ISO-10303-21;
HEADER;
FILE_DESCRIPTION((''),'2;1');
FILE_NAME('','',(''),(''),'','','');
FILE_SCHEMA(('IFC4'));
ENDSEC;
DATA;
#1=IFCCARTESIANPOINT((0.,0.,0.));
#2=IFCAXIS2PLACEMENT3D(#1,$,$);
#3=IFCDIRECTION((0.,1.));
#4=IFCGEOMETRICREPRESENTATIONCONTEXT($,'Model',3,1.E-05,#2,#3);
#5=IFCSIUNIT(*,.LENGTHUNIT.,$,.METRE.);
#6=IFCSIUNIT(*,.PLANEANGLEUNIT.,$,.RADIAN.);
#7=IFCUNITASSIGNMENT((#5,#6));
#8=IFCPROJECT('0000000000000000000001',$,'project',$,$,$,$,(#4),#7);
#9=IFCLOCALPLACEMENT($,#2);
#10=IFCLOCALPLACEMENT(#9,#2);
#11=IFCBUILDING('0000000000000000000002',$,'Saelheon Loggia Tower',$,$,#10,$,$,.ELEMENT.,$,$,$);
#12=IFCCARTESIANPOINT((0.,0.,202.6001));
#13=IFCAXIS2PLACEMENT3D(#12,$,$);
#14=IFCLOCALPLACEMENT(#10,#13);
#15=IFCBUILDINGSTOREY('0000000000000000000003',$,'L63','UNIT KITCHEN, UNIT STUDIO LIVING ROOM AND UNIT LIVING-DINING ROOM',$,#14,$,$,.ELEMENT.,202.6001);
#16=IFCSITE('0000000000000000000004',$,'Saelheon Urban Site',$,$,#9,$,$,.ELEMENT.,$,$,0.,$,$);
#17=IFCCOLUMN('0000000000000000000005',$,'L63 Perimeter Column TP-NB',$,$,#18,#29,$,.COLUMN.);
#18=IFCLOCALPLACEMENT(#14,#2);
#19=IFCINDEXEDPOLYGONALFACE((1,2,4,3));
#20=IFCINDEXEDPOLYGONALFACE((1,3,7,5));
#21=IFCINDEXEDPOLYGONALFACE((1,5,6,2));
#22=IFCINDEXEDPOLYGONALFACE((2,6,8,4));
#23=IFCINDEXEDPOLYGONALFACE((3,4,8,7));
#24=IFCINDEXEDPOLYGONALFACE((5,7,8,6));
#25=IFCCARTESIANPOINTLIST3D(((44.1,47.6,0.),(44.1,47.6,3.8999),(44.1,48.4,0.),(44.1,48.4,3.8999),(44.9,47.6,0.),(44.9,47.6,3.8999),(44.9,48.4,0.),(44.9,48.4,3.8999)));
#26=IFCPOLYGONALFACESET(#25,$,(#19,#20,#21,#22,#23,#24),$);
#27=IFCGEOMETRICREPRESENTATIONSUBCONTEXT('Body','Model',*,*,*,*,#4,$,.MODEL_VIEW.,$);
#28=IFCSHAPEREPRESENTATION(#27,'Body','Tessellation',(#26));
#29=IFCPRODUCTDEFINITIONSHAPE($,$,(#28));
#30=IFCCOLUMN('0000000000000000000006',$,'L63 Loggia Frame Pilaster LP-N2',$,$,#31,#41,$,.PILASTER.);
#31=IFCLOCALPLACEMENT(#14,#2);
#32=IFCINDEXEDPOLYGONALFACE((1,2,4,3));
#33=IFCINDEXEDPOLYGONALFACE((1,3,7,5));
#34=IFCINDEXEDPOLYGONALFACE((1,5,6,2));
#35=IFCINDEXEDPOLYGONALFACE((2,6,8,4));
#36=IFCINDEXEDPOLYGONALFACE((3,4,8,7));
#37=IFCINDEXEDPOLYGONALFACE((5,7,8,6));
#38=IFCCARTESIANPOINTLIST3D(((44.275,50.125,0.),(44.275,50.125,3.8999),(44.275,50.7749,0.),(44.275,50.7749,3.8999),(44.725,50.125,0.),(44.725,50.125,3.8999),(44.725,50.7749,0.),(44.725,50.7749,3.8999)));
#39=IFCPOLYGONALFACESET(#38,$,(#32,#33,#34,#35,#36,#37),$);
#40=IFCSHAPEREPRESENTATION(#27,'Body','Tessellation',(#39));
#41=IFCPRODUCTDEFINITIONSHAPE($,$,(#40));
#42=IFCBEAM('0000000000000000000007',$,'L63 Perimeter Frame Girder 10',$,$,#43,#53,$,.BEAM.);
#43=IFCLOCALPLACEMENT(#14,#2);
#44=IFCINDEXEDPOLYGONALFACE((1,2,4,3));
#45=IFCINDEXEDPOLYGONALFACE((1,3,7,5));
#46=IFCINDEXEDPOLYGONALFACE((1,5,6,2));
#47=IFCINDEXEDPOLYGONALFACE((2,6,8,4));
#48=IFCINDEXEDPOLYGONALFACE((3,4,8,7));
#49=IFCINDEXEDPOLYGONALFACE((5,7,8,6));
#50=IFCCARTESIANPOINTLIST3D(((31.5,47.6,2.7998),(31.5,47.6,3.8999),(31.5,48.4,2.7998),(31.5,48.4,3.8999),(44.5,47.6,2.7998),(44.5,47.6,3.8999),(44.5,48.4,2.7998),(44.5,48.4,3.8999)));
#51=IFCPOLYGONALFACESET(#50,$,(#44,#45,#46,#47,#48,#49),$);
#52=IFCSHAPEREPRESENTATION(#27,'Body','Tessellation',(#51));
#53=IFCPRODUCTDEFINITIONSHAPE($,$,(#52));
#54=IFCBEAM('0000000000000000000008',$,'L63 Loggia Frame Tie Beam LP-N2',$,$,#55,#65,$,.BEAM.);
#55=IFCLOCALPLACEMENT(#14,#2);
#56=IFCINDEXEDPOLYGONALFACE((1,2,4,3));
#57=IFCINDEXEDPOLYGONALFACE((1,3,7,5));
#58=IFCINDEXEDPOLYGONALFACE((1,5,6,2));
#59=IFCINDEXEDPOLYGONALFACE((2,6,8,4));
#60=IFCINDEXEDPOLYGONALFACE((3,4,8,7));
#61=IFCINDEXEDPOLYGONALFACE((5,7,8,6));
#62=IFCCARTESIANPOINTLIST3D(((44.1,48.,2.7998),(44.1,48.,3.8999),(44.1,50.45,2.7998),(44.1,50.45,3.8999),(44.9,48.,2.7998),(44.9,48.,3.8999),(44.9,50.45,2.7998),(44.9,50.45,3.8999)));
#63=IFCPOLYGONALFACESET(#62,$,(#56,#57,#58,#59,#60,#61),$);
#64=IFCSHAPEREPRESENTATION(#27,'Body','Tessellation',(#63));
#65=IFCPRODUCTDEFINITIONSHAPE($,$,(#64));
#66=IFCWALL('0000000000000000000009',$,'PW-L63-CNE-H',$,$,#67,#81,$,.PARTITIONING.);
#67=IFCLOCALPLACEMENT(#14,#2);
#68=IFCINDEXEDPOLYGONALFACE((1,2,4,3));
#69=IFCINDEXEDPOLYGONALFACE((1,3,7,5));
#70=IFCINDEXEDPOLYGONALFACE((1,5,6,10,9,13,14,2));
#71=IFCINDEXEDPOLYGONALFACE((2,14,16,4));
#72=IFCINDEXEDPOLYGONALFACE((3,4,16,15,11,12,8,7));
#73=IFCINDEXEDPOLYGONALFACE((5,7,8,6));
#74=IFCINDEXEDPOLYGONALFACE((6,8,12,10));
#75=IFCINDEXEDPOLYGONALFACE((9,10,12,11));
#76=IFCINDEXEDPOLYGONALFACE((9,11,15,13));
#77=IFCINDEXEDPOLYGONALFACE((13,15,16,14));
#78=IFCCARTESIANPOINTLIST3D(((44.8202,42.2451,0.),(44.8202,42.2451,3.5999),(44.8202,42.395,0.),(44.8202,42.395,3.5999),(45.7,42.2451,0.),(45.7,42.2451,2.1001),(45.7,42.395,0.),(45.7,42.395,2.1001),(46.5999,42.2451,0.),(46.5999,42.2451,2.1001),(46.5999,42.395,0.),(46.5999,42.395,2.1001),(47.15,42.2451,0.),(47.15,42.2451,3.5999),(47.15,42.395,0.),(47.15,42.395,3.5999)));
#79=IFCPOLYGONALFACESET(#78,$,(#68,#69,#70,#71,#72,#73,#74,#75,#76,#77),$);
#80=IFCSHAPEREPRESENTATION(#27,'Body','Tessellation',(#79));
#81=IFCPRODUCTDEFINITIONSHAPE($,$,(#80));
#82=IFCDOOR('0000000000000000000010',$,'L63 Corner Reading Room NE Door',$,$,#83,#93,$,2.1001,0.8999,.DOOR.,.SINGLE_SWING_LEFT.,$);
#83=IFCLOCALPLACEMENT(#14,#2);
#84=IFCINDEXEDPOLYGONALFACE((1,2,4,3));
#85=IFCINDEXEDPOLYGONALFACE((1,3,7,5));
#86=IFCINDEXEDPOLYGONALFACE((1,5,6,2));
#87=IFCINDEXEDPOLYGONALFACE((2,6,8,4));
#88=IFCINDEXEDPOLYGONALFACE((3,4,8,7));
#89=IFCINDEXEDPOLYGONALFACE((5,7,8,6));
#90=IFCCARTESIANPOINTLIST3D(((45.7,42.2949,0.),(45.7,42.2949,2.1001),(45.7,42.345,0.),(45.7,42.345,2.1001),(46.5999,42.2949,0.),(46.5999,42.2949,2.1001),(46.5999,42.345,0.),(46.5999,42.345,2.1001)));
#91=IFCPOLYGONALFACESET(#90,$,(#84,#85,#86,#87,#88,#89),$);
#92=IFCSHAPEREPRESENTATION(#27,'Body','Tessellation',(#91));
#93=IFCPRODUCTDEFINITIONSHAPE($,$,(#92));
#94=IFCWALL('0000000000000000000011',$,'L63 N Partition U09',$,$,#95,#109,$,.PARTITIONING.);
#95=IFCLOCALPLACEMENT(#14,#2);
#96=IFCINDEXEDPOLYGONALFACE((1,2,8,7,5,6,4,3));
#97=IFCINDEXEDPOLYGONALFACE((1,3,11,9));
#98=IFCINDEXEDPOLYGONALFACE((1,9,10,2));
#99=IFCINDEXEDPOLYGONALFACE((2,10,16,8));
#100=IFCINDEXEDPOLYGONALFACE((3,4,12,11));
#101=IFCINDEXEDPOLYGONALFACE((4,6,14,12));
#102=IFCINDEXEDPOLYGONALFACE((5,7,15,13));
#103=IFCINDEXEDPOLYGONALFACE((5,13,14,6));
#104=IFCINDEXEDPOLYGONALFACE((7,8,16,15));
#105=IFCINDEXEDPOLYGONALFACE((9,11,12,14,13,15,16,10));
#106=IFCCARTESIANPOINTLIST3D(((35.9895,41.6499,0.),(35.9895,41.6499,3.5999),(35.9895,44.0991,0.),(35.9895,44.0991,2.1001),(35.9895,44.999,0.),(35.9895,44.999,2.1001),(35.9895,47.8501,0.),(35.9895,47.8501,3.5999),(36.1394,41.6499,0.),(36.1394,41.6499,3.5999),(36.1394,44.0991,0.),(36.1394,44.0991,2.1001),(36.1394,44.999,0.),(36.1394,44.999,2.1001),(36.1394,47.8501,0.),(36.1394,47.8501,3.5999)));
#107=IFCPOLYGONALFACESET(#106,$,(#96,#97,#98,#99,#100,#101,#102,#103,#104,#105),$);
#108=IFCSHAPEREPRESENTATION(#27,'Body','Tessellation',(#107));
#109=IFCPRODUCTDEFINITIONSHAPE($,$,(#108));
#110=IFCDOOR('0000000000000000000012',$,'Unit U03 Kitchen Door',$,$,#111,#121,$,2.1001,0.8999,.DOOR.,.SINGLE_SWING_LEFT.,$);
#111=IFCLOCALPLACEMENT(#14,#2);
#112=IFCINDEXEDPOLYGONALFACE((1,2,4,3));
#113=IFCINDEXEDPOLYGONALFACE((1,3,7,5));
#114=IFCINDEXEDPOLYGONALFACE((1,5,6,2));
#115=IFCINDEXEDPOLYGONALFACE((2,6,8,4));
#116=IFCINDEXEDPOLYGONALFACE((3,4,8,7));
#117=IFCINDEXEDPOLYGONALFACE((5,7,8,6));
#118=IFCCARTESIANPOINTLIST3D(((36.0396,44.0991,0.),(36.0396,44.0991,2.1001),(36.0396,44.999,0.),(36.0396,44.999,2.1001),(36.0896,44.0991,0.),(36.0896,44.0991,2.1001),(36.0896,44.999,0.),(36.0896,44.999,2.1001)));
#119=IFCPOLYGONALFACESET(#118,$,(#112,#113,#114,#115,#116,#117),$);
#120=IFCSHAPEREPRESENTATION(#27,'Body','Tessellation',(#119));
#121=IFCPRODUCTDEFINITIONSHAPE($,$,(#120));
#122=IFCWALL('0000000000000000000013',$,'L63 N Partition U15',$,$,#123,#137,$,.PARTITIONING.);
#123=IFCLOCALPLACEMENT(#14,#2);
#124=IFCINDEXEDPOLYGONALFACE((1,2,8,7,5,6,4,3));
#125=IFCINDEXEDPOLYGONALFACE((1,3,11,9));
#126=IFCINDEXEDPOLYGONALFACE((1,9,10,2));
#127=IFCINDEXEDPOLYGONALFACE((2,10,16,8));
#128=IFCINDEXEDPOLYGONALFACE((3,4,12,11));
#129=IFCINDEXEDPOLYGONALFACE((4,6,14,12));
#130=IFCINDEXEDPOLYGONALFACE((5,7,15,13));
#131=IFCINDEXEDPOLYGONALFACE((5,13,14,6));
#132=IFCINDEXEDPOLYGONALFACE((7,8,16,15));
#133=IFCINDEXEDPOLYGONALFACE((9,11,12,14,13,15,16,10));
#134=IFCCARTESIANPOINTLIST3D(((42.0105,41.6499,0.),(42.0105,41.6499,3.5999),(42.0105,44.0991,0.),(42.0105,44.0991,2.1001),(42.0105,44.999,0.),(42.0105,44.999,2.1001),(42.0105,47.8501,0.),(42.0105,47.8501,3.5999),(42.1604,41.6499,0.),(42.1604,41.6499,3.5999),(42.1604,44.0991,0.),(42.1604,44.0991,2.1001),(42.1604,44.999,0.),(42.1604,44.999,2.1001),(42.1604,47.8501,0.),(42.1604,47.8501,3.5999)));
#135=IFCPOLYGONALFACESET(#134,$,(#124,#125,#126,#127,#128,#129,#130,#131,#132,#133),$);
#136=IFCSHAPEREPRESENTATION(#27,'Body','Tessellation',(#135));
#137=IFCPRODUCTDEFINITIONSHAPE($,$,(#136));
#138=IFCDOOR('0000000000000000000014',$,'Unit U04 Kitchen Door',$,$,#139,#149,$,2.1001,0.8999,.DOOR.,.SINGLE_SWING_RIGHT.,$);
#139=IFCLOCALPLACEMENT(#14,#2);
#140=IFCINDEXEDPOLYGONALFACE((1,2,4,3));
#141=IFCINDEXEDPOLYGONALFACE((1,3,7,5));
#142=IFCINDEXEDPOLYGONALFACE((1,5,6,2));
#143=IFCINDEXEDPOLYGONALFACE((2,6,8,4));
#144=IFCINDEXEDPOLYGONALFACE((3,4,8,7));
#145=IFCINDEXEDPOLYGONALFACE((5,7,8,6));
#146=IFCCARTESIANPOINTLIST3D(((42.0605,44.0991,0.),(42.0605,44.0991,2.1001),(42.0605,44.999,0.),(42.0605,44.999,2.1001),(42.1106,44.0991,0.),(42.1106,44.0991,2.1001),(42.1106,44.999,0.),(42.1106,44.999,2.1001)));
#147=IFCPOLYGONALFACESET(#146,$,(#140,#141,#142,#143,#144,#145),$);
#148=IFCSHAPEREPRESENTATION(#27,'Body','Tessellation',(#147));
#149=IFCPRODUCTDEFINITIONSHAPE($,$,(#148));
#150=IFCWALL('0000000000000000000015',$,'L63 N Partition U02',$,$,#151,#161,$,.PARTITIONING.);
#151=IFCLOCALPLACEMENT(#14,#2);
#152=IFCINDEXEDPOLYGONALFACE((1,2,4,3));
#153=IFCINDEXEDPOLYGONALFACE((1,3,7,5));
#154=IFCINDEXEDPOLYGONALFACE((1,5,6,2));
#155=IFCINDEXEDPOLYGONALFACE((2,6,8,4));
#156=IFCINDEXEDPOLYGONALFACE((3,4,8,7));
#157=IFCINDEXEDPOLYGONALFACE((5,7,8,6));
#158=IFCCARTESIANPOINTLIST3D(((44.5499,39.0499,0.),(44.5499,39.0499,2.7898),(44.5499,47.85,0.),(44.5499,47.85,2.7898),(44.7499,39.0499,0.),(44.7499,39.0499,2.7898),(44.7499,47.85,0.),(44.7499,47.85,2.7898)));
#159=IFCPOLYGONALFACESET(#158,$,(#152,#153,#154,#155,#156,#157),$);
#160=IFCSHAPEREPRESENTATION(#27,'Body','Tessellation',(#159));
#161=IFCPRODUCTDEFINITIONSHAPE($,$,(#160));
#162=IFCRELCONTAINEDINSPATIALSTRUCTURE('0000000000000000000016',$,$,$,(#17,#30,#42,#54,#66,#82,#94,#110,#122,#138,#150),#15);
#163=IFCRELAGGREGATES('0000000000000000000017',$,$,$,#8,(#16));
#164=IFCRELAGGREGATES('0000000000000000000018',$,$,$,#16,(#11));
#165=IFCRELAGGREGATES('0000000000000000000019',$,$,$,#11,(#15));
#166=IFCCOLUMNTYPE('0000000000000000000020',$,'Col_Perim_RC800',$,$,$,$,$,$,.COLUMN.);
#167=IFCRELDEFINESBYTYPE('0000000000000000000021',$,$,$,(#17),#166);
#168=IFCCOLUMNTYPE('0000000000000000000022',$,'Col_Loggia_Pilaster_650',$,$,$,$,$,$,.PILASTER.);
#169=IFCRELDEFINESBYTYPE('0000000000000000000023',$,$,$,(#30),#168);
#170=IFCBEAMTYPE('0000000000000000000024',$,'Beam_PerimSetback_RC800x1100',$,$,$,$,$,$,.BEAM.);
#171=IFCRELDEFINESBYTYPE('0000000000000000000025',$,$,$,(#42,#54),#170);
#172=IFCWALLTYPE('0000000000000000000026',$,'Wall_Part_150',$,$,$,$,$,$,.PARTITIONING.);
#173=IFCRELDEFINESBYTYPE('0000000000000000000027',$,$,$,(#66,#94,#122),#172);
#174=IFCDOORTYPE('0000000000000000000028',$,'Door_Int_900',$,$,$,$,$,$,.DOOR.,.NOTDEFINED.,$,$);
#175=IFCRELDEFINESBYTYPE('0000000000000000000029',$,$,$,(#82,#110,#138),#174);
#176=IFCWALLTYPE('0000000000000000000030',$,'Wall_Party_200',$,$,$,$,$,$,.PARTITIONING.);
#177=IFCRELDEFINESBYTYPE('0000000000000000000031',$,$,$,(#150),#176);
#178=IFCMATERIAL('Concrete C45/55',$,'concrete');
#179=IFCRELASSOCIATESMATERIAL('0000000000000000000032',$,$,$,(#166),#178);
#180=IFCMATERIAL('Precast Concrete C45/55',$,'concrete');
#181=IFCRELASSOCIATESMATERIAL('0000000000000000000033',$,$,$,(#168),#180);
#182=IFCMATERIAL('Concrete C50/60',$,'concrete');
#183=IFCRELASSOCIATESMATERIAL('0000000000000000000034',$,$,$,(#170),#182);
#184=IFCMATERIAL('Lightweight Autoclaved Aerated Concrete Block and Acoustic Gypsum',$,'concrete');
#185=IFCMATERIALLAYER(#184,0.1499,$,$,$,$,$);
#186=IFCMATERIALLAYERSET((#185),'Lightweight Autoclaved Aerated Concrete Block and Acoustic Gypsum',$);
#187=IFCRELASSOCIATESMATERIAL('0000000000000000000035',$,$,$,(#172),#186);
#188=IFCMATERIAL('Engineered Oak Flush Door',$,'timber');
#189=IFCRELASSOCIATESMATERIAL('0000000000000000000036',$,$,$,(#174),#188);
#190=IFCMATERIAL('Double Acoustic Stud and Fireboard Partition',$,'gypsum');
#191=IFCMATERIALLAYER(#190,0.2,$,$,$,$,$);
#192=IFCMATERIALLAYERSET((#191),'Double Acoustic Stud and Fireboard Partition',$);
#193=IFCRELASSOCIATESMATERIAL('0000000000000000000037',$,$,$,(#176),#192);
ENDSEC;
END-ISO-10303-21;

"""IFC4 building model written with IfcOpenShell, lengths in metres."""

from ifc_helpers import new_model, si_unit, direction, frame, frame_2d, origin, origin_2d, place, context, subcontext, project, spatial, rectangle, extrude, source, transform, mapped, material, layer, layer_set, material_profile, profile_set, type_object, element, fill, save


model = new_model("IFC4")

# Units and contexts
model_context = context("Model", 3, precision=1e-05, world=origin(), true_north=direction((0.0, 1.0)))
body_context = subcontext(model_context, "Body", "Model", "MODEL_VIEW")
ifc_project = project(units=[si_unit("LENGTHUNIT", "METRE"), si_unit("PLANEANGLEUNIT", "RADIAN")], contexts=[model_context])

# Site, building, storey
site_placement = place(None, origin())
site = spatial("IfcSite", under=ifc_project, at=site_placement, Name="Saelheon Urban Site", CompositionType="ELEMENT", RefElevation=0.0)
building_placement = place(site_placement, origin())
building = spatial("IfcBuilding", under=site, at=building_placement, Name="Saelheon Loggia Tower", CompositionType="ELEMENT")
storey_placement = place(building_placement, frame((0.0, 0.0, 202.6001)))
storey = spatial("IfcBuildingStorey", under=building, at=storey_placement, Name="L63", Description="UNIT KITCHEN, UNIT STUDIO LIVING ROOM AND UNIT LIVING-DINING ROOM", CompositionType="ELEMENT", Elevation=202.6001)

# Columns
ifc_material_1 = material(Name="Concrete C45/55", Category="concrete")
ifc_material_profile_1 = material_profile(ifc_material_1, rectangle(XDim=0.8, YDim=0.8, at=origin_2d()), Name="RC-800x800")
ifc_profile_set_1 = profile_set([ifc_material_profile_1], Name="Concrete C45/55")
column_type_1 = type_object("IfcColumnType", Name="Col_Perim_RC800", PredefinedType="COLUMN", material=ifc_profile_set_1)
shared_shape_1 = source(origin(), body_context, "Body", "SweptSolid", [
    extrude(rectangle(XDim=0.8, YDim=0.8, at=origin_2d()), origin(), (0.0, 0.0, 1.0), 3.8999),
])
column_1_placement = place(storey_placement, frame((44.5, 48.0, 0.0), z_axis=(0.0, 0.0, 1.0), x_axis=(1.0, 0.0, 0.0)))
element("IfcColumn", 1, at=column_1_placement, inside=storey, type_object=column_type_1, Name="L63 Perimeter Column TP-NB", PredefinedType="COLUMN", context=body_context, shape_type="MappedRepresentation", body=[
    mapped(shared_shape_1, transform((0.0, 0.0, 0.0), scale=1.0)),
])
ifc_material_2 = material(Name="Precast Concrete C45/55", Category="concrete")
ifc_material_profile_2 = material_profile(ifc_material_2, rectangle(XDim=0.45, YDim=0.6499, at=origin_2d()), Name="RC-450x650")
ifc_profile_set_2 = profile_set([ifc_material_profile_2], Name="Precast Concrete C45/55")
column_type_2 = type_object("IfcColumnType", Name="Col_Loggia_Pilaster_650", PredefinedType="PILASTER", material=ifc_profile_set_2)
shared_shape_2 = source(origin(), body_context, "Body", "SweptSolid", [
    extrude(rectangle(XDim=0.45, YDim=0.6499, at=origin_2d()), origin(), (0.0, 0.0, 1.0), 3.8999),
])
column_2_placement = place(storey_placement, frame((44.5, 50.45, 0.0), z_axis=(0.0, 0.0, 1.0), x_axis=(1.0, 0.0, 0.0)))
element("IfcColumn", 2, at=column_2_placement, inside=storey, type_object=column_type_2, Name="L63 Loggia Frame Pilaster LP-N2", PredefinedType="PILASTER", context=body_context, shape_type="MappedRepresentation", body=[
    mapped(shared_shape_2, transform((0.0, 0.0, 0.0), scale=1.0)),
])

# Beams
ifc_material_3 = material(Name="Concrete C50/60", Category="concrete")
ifc_material_profile_3 = material_profile(ifc_material_3, rectangle(XDim=0.8, YDim=1.1001, at=origin_2d()), Name="RC-800x1100")
ifc_profile_set_3 = profile_set([ifc_material_profile_3], Name="Concrete C50/60")
beam_type = type_object("IfcBeamType", Name="Beam_PerimSetback_RC800x1100", PredefinedType="BEAM", material=ifc_profile_set_3)
shared_shape_3 = source(origin(), body_context, "Body", "SweptSolid", [
    extrude(rectangle(XDim=0.8, YDim=1.1001, at=origin_2d()), origin(), (0.0, 0.0, 1.0), 13.0),
])
beam_1_placement = place(storey_placement, frame((44.5, 48.0, 3.3499), z_axis=(-1.0, 0.0, 0.0), x_axis=(0.0, -1.0, 0.0)))
element("IfcBeam", 3, at=beam_1_placement, inside=storey, type_object=beam_type, Name="L63 Perimeter Frame Girder 10", PredefinedType="BEAM", context=body_context, shape_type="MappedRepresentation", body=[
    mapped(shared_shape_3, transform((0.0, 0.0, 0.0), scale=1.0)),
])
shared_shape_4 = source(origin(), body_context, "Body", "SweptSolid", [
    extrude(rectangle(XDim=0.8, YDim=1.1001, at=origin_2d()), origin(), (0.0, 0.0, 1.0), 2.45),
])
beam_2_placement = place(storey_placement, frame((44.5, 48.0, 3.3499), z_axis=(0.0, 1.0, 0.0), x_axis=(-1.0, 0.0, 0.0)))
element("IfcBeam", 4, at=beam_2_placement, inside=storey, type_object=beam_type, Name="L63 Loggia Frame Tie Beam LP-N2", PredefinedType="BEAM", context=body_context, shape_type="MappedRepresentation", body=[
    mapped(shared_shape_4, transform((0.0, 0.0, 0.0), scale=1.0)),
])

# Walls, openings, doors
ifc_material_4 = material(Name="Lightweight Autoclaved Aerated Concrete Block and Acoustic Gypsum", Category="concrete")
ifc_layer_1 = layer(ifc_material_4, 0.1499)
ifc_layer_set_1 = layer_set([ifc_layer_1], Name="Lightweight Autoclaved Aerated Concrete Block and Acoustic Gypsum")
wall_type_1 = type_object("IfcWallType", Name="Wall_Part_150", PredefinedType="PARTITIONING", material=ifc_layer_set_1)
wall_1_placement = place(storey_placement, frame((44.8201, 42.3201, 0.0), z_axis=(0.0, 0.0, 1.0), x_axis=(1.0, 0.0, 0.0)))
wall_1 = element("IfcWall", 5, at=wall_1_placement, inside=storey, type_object=wall_type_1, Name="PW-L63-CNE-H", PredefinedType="PARTITIONING", context=body_context, shape_type="SweptSolid", body=[
    extrude(rectangle(XDim=2.3298, YDim=0.1499, at=frame_2d((1.165, 0.0))), origin(), (0.0, 0.0, 1.0), 3.5999),
])
opening_1_placement = place(wall_1_placement, frame((0.8799, 0.0, 0.0)))
opening_1 = element("IfcOpeningElement", 6, at=opening_1_placement, cuts=wall_1, PredefinedType="OPENING", context=body_context, shape_type="SweptSolid", body=[
    extrude(rectangle(XDim=0.8999, YDim=2.1001, at=frame_2d((0.45, 1.05))), frame((0.0, 0.0869, 0.0), z_axis=(0.0, -1.0, 0.0), x_axis=(1.0, 0.0, 0.0)), (0.0, 0.0, 1.0), 0.1738),
])
ifc_material_5 = material(Name="Engineered Oak Flush Door", Category="timber")
door_type_1 = type_object("IfcDoorType", Name="Door_Int_900", OperationType="NOTDEFINED", PredefinedType="DOOR", material=ifc_material_5)
shared_shape_5 = source(origin(), body_context, "Body", "SweptSolid", [
    extrude(rectangle(XDim=0.8999, YDim=2.1001, at=frame_2d((0.45, 1.05))), frame((0.0, 0.0249, 0.0), z_axis=(0.0, -1.0, 0.0), x_axis=(1.0, 0.0, 0.0)), (0.0, 0.0, 1.0), 0.05),
])
door_1_placement = place(opening_1_placement, origin())
door_1 = element("IfcDoor", 7, at=door_1_placement, inside=storey, type_object=door_type_1, Name="L63 Corner Reading Room NE Door", OperationType="SINGLE_SWING_LEFT", OverallHeight=2.1001, OverallWidth=0.8999, PredefinedType="DOOR", context=body_context, shape_type="MappedRepresentation", body=[
    mapped(shared_shape_5, transform((0.0, 0.0, 0.0), scale=1.0)),
])
fill(opening_1, door_1)
wall_2_placement = place(storey_placement, frame((36.0645, 41.6499, 0.0), z_axis=(0.0, 0.0, 1.0), x_axis=(0.0, 1.0, 0.0)))
wall_2 = element("IfcWall", 8, at=wall_2_placement, inside=storey, type_object=wall_type_1, Name="L63 N Partition U09", PredefinedType="PARTITIONING", context=body_context, shape_type="SweptSolid", body=[
    extrude(rectangle(XDim=6.2002, YDim=0.1499, at=frame_2d((3.1001, 0.0))), origin(), (0.0, 0.0, 1.0), 3.5999),
])
opening_2_placement = place(wall_2_placement, frame((2.4492, 0.0, 0.0)))
opening_2 = element("IfcOpeningElement", 9, at=opening_2_placement, cuts=wall_2, PredefinedType="OPENING", context=body_context, shape_type="SweptSolid", body=[
    extrude(rectangle(XDim=0.8999, YDim=2.1001, at=frame_2d((0.45, 1.05))), frame((0.0, 0.0869, 0.0), z_axis=(0.0, -1.0, 0.0), x_axis=(1.0, 0.0, 0.0)), (0.0, 0.0, 1.0), 0.1738),
])
door_2_placement = place(opening_2_placement, origin())
door_2 = element("IfcDoor", 10, at=door_2_placement, inside=storey, type_object=door_type_1, Name="Unit U03 Kitchen Door", OperationType="SINGLE_SWING_LEFT", OverallHeight=2.1001, OverallWidth=0.8999, PredefinedType="DOOR", context=body_context, shape_type="MappedRepresentation", body=[
    mapped(shared_shape_5, transform((0.0, 0.0, 0.0), scale=1.0)),
])
fill(opening_2, door_2)
wall_3_placement = place(storey_placement, frame((42.0854, 41.6499, 0.0), z_axis=(0.0, 0.0, 1.0), x_axis=(0.0, 1.0, 0.0)))
wall_3 = element("IfcWall", 11, at=wall_3_placement, inside=storey, type_object=wall_type_1, Name="L63 N Partition U15", PredefinedType="PARTITIONING", context=body_context, shape_type="SweptSolid", body=[
    extrude(rectangle(XDim=6.2002, YDim=0.1499, at=frame_2d((3.1001, 0.0))), origin(), (0.0, 0.0, 1.0), 3.5999),
])
opening_3_placement = place(wall_3_placement, frame((2.4492, 0.0, 0.0)))
opening_3 = element("IfcOpeningElement", 12, at=opening_3_placement, cuts=wall_3, PredefinedType="OPENING", context=body_context, shape_type="SweptSolid", body=[
    extrude(rectangle(XDim=0.8999, YDim=2.1001, at=frame_2d((0.45, 1.05))), frame((0.0, 0.0869, 0.0), z_axis=(0.0, -1.0, 0.0), x_axis=(1.0, 0.0, 0.0)), (0.0, 0.0, 1.0), 0.1738),
])
door_3_placement = place(opening_3_placement, origin())
door_3 = element("IfcDoor", 13, at=door_3_placement, inside=storey, type_object=door_type_1, Name="Unit U04 Kitchen Door", OperationType="SINGLE_SWING_RIGHT", OverallHeight=2.1001, OverallWidth=0.8999, PredefinedType="DOOR", context=body_context, shape_type="MappedRepresentation", body=[
    mapped(shared_shape_5, transform((0.0, 0.0, 0.0), scale=1.0)),
])
fill(opening_3, door_3)

# Wall
ifc_material_6 = material(Name="Double Acoustic Stud and Fireboard Partition", Category="gypsum")
ifc_layer_2 = layer(ifc_material_6, 0.2)
ifc_layer_set_2 = layer_set([ifc_layer_2], Name="Double Acoustic Stud and Fireboard Partition")
wall_type_2 = type_object("IfcWallType", Name="Wall_Party_200", PredefinedType="PARTITIONING", material=ifc_layer_set_2)
wall_4_placement = place(storey_placement, frame((44.6499, 39.05, 0.0), z_axis=(0.0, 0.0, 1.0), x_axis=(0.0, 1.0, 0.0)))
element("IfcWall", 14, at=wall_4_placement, inside=storey, type_object=wall_type_2, Name="L63 N Partition U02", PredefinedType="PARTITIONING", context=body_context, shape_type="SweptSolid", body=[
    extrude(rectangle(XDim=8.8, YDim=0.2, at=frame_2d((4.3999, 0.0))), origin(), (0.0, 0.0, 1.0), 2.7898),
])

save(model, "model.ifc")
